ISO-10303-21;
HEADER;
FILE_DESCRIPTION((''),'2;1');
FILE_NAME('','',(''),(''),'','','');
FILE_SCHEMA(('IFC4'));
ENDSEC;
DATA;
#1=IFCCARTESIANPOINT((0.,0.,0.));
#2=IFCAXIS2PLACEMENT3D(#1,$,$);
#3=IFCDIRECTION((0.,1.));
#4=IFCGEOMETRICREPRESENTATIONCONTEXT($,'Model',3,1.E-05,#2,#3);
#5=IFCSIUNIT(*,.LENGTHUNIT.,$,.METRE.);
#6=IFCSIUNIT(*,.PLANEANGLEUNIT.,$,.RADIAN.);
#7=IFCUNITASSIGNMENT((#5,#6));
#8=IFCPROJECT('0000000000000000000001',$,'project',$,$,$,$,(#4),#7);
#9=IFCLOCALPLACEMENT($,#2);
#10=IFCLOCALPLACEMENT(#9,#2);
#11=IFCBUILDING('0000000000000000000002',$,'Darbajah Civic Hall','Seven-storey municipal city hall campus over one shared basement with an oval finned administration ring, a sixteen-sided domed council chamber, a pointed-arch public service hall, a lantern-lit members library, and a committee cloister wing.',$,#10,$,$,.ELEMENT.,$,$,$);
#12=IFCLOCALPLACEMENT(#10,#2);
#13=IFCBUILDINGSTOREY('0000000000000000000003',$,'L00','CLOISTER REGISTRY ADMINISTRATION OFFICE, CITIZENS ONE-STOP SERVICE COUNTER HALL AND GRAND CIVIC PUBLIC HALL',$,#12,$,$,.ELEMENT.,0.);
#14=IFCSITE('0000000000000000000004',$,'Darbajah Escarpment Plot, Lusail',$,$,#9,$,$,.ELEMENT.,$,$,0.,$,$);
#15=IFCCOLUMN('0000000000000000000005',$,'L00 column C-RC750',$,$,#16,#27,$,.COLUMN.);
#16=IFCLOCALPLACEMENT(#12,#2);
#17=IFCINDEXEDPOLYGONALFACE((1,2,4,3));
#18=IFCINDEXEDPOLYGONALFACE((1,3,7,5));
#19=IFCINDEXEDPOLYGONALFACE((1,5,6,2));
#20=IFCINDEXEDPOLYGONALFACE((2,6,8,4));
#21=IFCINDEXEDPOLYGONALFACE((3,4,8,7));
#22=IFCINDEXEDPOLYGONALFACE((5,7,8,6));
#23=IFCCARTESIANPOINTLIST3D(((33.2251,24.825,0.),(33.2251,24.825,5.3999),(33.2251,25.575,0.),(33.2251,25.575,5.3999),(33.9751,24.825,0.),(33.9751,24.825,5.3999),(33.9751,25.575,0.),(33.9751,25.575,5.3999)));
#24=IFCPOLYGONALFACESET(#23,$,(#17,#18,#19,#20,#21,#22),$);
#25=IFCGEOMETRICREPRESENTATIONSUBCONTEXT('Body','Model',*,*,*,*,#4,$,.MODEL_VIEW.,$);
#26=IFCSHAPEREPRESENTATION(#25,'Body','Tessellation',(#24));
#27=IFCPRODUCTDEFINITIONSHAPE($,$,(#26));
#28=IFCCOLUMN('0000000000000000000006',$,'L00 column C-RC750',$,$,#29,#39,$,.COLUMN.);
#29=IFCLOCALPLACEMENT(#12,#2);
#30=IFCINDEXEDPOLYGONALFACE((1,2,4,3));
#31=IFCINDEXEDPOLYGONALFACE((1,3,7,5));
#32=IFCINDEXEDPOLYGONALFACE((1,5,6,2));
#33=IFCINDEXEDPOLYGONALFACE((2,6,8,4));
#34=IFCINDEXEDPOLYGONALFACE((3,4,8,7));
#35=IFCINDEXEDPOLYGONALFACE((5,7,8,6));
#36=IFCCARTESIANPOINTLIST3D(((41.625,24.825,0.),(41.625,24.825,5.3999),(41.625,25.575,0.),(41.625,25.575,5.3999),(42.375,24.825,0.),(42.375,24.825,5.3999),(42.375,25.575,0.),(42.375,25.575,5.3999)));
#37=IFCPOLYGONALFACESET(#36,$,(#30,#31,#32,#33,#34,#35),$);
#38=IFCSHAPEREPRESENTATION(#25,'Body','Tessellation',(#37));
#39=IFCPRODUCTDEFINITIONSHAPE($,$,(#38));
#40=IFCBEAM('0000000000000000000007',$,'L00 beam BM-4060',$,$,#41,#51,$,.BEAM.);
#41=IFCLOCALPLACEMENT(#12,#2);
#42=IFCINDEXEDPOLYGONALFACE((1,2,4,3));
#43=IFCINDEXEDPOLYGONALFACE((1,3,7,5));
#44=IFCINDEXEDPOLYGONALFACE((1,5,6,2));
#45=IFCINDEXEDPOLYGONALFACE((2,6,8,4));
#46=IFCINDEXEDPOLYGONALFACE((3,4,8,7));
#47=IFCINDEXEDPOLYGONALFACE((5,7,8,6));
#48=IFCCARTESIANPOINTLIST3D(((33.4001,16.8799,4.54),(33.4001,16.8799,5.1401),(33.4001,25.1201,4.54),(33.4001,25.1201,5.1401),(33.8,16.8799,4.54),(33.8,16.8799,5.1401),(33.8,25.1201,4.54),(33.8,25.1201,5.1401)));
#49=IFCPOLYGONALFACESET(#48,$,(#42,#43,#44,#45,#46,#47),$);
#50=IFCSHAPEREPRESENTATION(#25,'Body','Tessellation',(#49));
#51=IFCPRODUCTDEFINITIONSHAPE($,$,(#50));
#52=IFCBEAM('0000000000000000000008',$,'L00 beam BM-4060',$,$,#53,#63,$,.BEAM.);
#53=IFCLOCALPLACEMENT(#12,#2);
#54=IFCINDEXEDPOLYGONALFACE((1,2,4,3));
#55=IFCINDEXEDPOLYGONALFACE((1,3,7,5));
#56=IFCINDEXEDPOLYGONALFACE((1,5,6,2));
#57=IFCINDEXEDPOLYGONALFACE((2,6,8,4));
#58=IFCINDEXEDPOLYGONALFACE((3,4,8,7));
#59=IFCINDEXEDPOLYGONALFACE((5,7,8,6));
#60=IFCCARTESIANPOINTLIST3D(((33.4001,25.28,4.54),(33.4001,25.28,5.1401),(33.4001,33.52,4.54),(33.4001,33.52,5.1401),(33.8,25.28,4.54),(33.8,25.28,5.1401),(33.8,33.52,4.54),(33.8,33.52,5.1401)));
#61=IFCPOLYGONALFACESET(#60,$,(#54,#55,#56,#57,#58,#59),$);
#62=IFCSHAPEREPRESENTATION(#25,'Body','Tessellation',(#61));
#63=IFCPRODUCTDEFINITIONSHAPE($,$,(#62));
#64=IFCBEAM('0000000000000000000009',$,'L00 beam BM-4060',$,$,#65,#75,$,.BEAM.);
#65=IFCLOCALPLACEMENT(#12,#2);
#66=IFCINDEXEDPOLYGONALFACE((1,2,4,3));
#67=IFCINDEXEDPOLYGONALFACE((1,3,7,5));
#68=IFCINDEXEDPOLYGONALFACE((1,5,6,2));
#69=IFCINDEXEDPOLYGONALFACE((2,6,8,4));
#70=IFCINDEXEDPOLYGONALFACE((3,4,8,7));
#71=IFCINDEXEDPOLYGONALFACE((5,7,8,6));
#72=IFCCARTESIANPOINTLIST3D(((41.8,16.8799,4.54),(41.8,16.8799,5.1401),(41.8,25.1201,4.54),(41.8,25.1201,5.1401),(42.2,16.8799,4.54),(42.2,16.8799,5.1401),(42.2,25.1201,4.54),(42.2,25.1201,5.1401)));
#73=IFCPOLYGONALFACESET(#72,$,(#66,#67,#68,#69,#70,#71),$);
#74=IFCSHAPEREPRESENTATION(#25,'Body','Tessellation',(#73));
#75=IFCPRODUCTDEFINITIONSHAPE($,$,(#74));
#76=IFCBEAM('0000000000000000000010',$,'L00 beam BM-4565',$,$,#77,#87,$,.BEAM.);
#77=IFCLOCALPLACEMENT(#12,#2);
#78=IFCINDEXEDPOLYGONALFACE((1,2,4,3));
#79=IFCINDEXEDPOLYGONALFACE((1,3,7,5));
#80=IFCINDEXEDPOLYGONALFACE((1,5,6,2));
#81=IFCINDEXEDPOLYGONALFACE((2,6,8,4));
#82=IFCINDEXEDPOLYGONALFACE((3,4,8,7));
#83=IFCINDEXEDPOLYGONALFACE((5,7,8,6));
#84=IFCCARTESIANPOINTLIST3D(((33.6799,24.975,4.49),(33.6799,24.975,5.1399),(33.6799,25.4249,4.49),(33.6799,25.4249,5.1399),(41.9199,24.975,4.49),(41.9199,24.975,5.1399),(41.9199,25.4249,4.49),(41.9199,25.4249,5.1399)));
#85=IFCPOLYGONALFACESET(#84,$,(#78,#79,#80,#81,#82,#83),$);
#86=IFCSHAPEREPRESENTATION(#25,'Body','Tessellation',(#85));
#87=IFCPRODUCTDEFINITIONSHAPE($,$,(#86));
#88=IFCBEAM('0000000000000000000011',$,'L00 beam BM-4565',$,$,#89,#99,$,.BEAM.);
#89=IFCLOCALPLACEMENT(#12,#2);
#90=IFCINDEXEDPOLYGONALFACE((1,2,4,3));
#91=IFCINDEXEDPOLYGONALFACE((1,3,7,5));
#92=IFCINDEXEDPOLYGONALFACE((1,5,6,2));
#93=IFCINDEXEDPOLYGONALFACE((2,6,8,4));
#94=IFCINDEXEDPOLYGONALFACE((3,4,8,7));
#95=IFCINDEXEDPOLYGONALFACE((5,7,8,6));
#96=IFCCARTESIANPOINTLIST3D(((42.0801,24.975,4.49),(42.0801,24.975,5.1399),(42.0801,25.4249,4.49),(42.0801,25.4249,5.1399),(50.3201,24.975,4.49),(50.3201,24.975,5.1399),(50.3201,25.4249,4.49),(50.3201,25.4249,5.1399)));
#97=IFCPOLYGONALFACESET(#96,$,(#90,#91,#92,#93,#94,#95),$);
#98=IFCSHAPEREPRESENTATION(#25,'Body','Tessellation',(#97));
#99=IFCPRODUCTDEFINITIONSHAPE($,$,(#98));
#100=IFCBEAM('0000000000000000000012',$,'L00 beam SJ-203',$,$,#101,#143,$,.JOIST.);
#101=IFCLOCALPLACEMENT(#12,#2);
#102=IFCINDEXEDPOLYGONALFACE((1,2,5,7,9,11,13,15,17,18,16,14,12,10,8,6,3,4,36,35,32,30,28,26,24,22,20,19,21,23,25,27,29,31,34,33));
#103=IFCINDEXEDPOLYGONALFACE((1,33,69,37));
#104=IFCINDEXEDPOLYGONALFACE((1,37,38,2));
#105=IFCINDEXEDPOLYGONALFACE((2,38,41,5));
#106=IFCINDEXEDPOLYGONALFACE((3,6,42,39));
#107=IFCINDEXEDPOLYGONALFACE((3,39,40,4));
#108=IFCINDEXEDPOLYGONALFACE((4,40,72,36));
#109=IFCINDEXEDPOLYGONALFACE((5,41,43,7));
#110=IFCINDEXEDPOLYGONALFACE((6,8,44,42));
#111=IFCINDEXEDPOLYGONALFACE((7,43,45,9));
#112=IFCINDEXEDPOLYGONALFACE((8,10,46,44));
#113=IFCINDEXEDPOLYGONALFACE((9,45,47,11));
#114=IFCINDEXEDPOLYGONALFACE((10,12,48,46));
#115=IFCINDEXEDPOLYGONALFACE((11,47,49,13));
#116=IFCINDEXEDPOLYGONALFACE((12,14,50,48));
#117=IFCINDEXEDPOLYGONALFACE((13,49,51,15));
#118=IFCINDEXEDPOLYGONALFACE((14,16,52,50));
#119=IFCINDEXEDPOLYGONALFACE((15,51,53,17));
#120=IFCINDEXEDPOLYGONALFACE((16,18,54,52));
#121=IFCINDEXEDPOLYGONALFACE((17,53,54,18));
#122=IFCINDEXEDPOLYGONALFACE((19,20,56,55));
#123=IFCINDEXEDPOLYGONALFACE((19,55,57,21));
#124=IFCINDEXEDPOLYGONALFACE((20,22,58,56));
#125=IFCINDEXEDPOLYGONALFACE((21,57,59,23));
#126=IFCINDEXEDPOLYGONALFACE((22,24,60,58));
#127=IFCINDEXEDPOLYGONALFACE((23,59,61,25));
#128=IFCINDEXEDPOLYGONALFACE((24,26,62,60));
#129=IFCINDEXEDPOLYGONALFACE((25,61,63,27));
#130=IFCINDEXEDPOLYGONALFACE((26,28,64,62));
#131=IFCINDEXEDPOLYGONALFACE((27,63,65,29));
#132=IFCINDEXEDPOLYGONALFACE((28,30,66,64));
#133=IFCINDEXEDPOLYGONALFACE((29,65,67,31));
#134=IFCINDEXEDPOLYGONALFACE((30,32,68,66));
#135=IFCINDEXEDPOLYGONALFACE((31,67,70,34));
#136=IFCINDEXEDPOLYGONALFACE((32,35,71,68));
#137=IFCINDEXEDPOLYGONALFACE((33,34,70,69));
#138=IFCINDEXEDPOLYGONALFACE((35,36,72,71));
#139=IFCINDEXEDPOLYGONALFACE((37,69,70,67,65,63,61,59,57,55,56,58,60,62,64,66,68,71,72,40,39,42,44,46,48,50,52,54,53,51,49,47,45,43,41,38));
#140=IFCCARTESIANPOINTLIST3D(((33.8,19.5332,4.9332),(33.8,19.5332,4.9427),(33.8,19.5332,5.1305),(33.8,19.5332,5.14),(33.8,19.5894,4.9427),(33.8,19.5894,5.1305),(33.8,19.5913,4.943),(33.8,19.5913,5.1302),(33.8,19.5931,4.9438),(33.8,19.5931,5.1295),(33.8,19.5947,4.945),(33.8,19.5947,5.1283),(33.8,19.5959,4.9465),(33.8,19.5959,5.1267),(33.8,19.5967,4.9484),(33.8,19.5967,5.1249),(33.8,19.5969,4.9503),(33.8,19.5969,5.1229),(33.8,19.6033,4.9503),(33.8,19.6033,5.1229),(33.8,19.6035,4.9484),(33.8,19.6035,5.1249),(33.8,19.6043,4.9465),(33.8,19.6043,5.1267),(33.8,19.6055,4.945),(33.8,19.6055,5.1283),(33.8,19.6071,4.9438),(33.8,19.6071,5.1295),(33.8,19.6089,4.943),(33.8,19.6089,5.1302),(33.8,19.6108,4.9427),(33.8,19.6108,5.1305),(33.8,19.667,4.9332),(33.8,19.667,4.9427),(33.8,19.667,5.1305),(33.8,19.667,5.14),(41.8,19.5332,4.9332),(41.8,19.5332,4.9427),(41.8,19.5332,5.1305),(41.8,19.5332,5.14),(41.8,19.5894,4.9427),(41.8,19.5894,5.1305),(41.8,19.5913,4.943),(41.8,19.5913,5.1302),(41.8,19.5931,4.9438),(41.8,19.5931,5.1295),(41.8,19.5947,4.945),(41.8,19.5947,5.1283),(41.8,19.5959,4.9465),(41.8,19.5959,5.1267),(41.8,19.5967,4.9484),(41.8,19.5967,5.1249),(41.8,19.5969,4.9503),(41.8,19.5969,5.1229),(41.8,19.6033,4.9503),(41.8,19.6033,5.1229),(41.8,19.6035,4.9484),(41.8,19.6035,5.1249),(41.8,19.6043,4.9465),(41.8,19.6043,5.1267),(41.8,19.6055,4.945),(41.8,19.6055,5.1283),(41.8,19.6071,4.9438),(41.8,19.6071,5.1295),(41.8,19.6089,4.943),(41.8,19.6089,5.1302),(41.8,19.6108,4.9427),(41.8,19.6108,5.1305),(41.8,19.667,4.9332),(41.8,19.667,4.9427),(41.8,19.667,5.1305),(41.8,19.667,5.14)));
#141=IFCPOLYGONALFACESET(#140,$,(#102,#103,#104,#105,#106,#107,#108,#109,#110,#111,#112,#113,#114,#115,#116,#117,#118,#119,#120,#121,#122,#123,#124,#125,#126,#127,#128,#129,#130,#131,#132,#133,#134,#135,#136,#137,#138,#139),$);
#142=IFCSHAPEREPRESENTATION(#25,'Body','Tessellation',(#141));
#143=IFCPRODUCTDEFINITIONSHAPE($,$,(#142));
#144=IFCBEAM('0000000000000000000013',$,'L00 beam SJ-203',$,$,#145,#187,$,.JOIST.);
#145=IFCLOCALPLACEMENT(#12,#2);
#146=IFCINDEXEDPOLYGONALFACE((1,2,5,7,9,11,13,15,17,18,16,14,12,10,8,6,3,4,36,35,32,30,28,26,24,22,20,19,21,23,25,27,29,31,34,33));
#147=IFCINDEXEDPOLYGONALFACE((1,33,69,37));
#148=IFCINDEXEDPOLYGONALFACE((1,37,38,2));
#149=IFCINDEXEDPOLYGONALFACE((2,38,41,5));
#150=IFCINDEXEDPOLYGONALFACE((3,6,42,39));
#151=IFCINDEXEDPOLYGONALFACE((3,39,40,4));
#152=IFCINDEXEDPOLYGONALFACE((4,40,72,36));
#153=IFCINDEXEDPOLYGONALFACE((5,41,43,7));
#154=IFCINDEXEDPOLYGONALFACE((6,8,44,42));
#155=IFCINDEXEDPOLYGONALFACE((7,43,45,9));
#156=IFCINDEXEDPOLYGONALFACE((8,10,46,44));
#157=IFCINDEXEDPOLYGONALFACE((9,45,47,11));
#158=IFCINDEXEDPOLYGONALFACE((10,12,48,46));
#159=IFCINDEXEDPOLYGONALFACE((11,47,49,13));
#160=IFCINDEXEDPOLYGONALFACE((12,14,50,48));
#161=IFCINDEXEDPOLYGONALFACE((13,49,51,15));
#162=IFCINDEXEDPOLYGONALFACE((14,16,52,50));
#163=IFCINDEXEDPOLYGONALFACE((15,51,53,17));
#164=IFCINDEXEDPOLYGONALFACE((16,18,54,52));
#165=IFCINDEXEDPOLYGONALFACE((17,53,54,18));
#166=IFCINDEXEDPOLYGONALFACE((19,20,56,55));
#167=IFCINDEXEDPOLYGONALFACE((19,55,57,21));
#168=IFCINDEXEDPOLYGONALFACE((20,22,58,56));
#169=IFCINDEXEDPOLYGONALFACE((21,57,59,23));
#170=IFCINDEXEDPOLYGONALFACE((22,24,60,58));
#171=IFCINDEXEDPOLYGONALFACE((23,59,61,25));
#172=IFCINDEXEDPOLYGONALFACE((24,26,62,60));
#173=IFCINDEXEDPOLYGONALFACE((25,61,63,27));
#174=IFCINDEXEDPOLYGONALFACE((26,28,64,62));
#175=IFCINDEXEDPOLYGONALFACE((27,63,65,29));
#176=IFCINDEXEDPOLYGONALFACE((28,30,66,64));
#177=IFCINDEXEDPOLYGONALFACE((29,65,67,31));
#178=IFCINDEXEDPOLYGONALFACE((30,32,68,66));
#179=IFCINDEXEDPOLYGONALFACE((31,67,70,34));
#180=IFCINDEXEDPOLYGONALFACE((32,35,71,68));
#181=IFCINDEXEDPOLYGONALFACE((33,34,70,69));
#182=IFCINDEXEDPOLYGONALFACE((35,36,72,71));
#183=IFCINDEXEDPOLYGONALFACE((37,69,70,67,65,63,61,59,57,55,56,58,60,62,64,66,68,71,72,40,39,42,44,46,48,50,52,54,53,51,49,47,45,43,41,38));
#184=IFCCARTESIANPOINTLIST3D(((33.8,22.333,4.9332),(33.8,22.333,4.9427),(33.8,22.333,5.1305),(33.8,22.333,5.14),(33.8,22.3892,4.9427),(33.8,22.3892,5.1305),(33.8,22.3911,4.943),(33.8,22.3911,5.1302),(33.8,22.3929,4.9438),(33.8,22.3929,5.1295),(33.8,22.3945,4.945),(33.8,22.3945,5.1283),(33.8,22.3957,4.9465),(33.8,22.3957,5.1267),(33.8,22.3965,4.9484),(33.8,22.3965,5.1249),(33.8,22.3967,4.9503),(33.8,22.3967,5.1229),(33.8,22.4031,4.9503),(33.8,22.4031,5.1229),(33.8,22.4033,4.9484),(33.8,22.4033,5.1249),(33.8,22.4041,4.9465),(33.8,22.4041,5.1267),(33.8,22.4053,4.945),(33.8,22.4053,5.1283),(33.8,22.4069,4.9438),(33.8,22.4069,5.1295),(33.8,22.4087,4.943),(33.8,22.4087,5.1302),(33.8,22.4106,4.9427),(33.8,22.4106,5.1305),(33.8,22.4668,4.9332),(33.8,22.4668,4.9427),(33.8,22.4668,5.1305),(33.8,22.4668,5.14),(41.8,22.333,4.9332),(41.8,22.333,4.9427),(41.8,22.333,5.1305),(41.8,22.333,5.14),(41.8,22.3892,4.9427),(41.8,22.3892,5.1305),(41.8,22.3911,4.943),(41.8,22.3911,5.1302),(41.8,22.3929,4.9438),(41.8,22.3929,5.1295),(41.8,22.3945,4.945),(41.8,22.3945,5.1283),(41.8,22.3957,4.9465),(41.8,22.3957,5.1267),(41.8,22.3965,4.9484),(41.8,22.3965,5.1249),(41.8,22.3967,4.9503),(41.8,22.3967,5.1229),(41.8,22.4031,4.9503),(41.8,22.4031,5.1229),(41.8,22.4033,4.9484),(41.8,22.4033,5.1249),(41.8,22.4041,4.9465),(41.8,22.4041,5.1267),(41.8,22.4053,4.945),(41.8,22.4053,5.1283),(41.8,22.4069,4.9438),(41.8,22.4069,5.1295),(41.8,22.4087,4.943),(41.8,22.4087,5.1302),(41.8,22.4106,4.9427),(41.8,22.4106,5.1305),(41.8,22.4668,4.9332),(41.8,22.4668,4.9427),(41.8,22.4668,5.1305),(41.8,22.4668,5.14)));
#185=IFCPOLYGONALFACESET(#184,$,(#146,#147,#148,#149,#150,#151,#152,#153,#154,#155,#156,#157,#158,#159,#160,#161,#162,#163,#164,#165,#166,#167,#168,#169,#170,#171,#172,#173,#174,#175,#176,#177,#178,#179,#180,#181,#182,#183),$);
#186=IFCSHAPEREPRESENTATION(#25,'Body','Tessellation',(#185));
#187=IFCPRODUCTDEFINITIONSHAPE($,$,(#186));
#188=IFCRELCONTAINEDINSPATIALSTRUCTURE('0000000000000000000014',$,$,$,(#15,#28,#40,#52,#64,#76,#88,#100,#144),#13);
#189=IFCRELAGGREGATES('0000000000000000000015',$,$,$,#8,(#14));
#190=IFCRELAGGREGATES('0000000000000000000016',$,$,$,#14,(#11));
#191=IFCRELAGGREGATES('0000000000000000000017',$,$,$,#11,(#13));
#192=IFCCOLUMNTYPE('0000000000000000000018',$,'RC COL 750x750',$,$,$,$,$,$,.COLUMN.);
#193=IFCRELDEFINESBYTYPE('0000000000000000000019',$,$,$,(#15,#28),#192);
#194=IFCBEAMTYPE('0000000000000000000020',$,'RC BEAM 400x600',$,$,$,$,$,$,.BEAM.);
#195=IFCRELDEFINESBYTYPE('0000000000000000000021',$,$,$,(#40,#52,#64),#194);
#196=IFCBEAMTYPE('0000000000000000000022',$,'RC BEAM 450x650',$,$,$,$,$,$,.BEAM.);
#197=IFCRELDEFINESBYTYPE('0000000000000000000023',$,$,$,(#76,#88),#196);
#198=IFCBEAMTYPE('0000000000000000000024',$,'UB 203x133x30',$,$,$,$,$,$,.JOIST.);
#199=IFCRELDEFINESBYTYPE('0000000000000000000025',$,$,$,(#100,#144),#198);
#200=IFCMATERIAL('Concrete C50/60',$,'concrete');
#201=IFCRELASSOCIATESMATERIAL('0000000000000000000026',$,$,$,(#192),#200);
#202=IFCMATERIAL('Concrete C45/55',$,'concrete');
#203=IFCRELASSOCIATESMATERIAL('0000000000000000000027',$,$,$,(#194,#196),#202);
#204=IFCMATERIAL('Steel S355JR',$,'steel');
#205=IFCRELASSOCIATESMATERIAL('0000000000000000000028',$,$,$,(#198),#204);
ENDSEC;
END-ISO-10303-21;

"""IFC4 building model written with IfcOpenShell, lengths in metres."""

from ifc_helpers import new_model, si_unit, direction, frame, origin, origin_2d, place, context, subcontext, project, spatial, rectangle, i_section, extrude, material, material_profile, profile_set, type_object, element, save


model = new_model("IFC4")

# Units and contexts
model_context = context("Model", 3, precision=1e-05, world=origin(), true_north=direction((0.0, 1.0)))
body_context = subcontext(model_context, "Body", "Model", "MODEL_VIEW")
ifc_project = project(units=[si_unit("LENGTHUNIT", "METRE"), si_unit("PLANEANGLEUNIT", "RADIAN")], contexts=[model_context])

# Site, building, storey
site_placement = place(None, origin())
site = spatial("IfcSite", under=ifc_project, at=site_placement, Name="Darbajah Escarpment Plot, Lusail", CompositionType="ELEMENT", RefElevation=0.0)
building_placement = place(site_placement, origin())
building = spatial("IfcBuilding", under=site, at=building_placement, Name="Darbajah Civic Hall", Description="Seven-storey municipal city hall campus over one shared basement with an oval finned administration ring, a sixteen-sided domed council chamber, a pointed-arch public service hall, a lantern-lit members library, and a committee cloister wing.", CompositionType="ELEMENT")
storey_placement = place(building_placement, origin())
storey = spatial("IfcBuildingStorey", under=building, at=storey_placement, Name="L00", Description="CLOISTER REGISTRY ADMINISTRATION OFFICE, CITIZENS ONE-STOP SERVICE COUNTER HALL AND GRAND CIVIC PUBLIC HALL", CompositionType="ELEMENT", Elevation=0.0)

# Columns
ifc_material_1 = material(Name="Concrete C50/60", Category="concrete")
ifc_material_profile_1 = material_profile(ifc_material_1, rectangle(XDim=0.75, YDim=0.75, at=origin_2d()), Name="RC COL 750x750")
ifc_profile_set_1 = profile_set([ifc_material_profile_1], Name="Concrete C50/60")
column_type = type_object("IfcColumnType", Name="RC COL 750x750", PredefinedType="COLUMN", material=ifc_profile_set_1)
for number, where, z_axis, x_axis, name in (
    (1, (33.6001, 25.2, 0.0), (0.0, 0.0, 1.0), (1.0, 0.0, 0.0), "L00 column C-RC750"),
    (2, (42.0, 25.2, 0.0), (0.0, 0.0, 1.0), (1.0, 0.0, 0.0), "L00 column C-RC750"),
):
    element("IfcColumn", number, at=place(storey_placement, frame(where, z_axis=z_axis, x_axis=x_axis)), inside=storey, type_object=column_type, Name=name, PredefinedType="COLUMN", context=body_context, shape_type="SweptSolid", body=[
        extrude(rectangle(XDim=0.75, YDim=0.75, at=origin_2d()), origin(), (0.0, 0.0, 1.0), 5.3999),
    ])

# Beams
ifc_material_2 = material(Name="Concrete C45/55", Category="concrete")
ifc_material_profile_2 = material_profile(ifc_material_2, rectangle(XDim=0.3999, YDim=0.6001, at=origin_2d()), Name="RC BEAM 400x600")
ifc_profile_set_2 = profile_set([ifc_material_profile_2], Name="Concrete C45/55")
beam_type_1 = type_object("IfcBeamType", Name="RC BEAM 400x600", PredefinedType="BEAM", material=ifc_profile_set_2)
beam_1_placement = place(storey_placement, frame((33.6001, 16.8799, 4.8401), z_axis=(0.0, 1.0, 0.0), x_axis=(-1.0, 0.0, 0.0)))
element("IfcBeam", 3, at=beam_1_placement, inside=storey, type_object=beam_type_1, Name="L00 beam BM-4060", PredefinedType="BEAM", context=body_context, shape_type="SweptSolid", body=[
    extrude(rectangle(XDim=0.3999, YDim=0.6001, at=origin_2d()), origin(), (0.0, 0.0, 1.0), 8.2402),
])
beam_2_placement = place(storey_placement, frame((33.6001, 25.28, 4.8401), z_axis=(0.0, 1.0, 0.0), x_axis=(-1.0, 0.0, 0.0)))
element("IfcBeam", 4, at=beam_2_placement, inside=storey, type_object=beam_type_1, Name="L00 beam BM-4060", PredefinedType="BEAM", context=body_context, shape_type="SweptSolid", body=[
    extrude(rectangle(XDim=0.3999, YDim=0.6001, at=origin_2d()), origin(), (0.0, 0.0, 1.0), 8.24),
])
beam_3_placement = place(storey_placement, frame((42.0, 16.8799, 4.8401), z_axis=(0.0, 1.0, 0.0), x_axis=(-1.0, 0.0, 0.0)))
element("IfcBeam", 5, at=beam_3_placement, inside=storey, type_object=beam_type_1, Name="L00 beam BM-4060", PredefinedType="BEAM", context=body_context, shape_type="SweptSolid", body=[
    extrude(rectangle(XDim=0.3999, YDim=0.6001, at=origin_2d()), origin(), (0.0, 0.0, 1.0), 8.2402),
])
ifc_material_profile_3 = material_profile(ifc_material_2, rectangle(XDim=0.45, YDim=0.6499, at=origin_2d()), Name="RC BEAM 450x650")
ifc_profile_set_3 = profile_set([ifc_material_profile_3], Name="Concrete C45/55")
beam_type_2 = type_object("IfcBeamType", Name="RC BEAM 450x650", PredefinedType="BEAM", material=ifc_profile_set_3)
for number, where, z_axis, x_axis, name in (
    (6, (33.6799, 25.2, 4.8149), (1.0, 0.0, 0.0), (0.0, 1.0, 0.0), "L00 beam BM-4565"),
    (7, (42.0801, 25.2, 4.8149), (1.0, 0.0, 0.0), (0.0, 1.0, 0.0), "L00 beam BM-4565"),
):
    element("IfcBeam", number, at=place(storey_placement, frame(where, z_axis=z_axis, x_axis=x_axis)), inside=storey, type_object=beam_type_2, Name=name, PredefinedType="BEAM", context=body_context, shape_type="SweptSolid", body=[
        extrude(rectangle(XDim=0.45, YDim=0.6499, at=origin_2d()), origin(), (0.0, 0.0, 1.0), 8.24),
    ])
ifc_material_3 = material(Name="Steel S355JR", Category="steel")
ifc_material_profile_4 = material_profile(ifc_material_3, i_section(OverallWidth=0.1338, OverallDepth=0.2068, WebThickness=0.0063, FlangeThickness=0.0095, FilletRadius=0.0076, at=origin_2d()), Name="UB 203x133x30")
ifc_profile_set_4 = profile_set([ifc_material_profile_4], Name="Steel S355JR")
beam_type_3 = type_object("IfcBeamType", Name="UB 203x133x30", PredefinedType="JOIST", material=ifc_profile_set_4)
for number, where, z_axis, x_axis, name in (
    (8, (33.8, 19.6001, 5.0366), (1.0, 0.0, 0.0), (0.0, 1.0, 0.0), "L00 beam SJ-203"),
    (9, (33.8, 22.3999, 5.0366), (1.0, 0.0, 0.0), (0.0, 1.0, 0.0), "L00 beam SJ-203"),
):
    element("IfcBeam", number, at=place(storey_placement, frame(where, z_axis=z_axis, x_axis=x_axis)), inside=storey, type_object=beam_type_3, Name=name, PredefinedType="JOIST", context=body_context, shape_type="SweptSolid", body=[
        extrude(i_section(OverallWidth=0.1338, OverallDepth=0.2068, WebThickness=0.0063, FlangeThickness=0.0095, FilletRadius=0.0076, at=origin_2d()), origin(), (0.0, 0.0, 1.0), 8.0),
    ])

save(model, "model.ifc")
